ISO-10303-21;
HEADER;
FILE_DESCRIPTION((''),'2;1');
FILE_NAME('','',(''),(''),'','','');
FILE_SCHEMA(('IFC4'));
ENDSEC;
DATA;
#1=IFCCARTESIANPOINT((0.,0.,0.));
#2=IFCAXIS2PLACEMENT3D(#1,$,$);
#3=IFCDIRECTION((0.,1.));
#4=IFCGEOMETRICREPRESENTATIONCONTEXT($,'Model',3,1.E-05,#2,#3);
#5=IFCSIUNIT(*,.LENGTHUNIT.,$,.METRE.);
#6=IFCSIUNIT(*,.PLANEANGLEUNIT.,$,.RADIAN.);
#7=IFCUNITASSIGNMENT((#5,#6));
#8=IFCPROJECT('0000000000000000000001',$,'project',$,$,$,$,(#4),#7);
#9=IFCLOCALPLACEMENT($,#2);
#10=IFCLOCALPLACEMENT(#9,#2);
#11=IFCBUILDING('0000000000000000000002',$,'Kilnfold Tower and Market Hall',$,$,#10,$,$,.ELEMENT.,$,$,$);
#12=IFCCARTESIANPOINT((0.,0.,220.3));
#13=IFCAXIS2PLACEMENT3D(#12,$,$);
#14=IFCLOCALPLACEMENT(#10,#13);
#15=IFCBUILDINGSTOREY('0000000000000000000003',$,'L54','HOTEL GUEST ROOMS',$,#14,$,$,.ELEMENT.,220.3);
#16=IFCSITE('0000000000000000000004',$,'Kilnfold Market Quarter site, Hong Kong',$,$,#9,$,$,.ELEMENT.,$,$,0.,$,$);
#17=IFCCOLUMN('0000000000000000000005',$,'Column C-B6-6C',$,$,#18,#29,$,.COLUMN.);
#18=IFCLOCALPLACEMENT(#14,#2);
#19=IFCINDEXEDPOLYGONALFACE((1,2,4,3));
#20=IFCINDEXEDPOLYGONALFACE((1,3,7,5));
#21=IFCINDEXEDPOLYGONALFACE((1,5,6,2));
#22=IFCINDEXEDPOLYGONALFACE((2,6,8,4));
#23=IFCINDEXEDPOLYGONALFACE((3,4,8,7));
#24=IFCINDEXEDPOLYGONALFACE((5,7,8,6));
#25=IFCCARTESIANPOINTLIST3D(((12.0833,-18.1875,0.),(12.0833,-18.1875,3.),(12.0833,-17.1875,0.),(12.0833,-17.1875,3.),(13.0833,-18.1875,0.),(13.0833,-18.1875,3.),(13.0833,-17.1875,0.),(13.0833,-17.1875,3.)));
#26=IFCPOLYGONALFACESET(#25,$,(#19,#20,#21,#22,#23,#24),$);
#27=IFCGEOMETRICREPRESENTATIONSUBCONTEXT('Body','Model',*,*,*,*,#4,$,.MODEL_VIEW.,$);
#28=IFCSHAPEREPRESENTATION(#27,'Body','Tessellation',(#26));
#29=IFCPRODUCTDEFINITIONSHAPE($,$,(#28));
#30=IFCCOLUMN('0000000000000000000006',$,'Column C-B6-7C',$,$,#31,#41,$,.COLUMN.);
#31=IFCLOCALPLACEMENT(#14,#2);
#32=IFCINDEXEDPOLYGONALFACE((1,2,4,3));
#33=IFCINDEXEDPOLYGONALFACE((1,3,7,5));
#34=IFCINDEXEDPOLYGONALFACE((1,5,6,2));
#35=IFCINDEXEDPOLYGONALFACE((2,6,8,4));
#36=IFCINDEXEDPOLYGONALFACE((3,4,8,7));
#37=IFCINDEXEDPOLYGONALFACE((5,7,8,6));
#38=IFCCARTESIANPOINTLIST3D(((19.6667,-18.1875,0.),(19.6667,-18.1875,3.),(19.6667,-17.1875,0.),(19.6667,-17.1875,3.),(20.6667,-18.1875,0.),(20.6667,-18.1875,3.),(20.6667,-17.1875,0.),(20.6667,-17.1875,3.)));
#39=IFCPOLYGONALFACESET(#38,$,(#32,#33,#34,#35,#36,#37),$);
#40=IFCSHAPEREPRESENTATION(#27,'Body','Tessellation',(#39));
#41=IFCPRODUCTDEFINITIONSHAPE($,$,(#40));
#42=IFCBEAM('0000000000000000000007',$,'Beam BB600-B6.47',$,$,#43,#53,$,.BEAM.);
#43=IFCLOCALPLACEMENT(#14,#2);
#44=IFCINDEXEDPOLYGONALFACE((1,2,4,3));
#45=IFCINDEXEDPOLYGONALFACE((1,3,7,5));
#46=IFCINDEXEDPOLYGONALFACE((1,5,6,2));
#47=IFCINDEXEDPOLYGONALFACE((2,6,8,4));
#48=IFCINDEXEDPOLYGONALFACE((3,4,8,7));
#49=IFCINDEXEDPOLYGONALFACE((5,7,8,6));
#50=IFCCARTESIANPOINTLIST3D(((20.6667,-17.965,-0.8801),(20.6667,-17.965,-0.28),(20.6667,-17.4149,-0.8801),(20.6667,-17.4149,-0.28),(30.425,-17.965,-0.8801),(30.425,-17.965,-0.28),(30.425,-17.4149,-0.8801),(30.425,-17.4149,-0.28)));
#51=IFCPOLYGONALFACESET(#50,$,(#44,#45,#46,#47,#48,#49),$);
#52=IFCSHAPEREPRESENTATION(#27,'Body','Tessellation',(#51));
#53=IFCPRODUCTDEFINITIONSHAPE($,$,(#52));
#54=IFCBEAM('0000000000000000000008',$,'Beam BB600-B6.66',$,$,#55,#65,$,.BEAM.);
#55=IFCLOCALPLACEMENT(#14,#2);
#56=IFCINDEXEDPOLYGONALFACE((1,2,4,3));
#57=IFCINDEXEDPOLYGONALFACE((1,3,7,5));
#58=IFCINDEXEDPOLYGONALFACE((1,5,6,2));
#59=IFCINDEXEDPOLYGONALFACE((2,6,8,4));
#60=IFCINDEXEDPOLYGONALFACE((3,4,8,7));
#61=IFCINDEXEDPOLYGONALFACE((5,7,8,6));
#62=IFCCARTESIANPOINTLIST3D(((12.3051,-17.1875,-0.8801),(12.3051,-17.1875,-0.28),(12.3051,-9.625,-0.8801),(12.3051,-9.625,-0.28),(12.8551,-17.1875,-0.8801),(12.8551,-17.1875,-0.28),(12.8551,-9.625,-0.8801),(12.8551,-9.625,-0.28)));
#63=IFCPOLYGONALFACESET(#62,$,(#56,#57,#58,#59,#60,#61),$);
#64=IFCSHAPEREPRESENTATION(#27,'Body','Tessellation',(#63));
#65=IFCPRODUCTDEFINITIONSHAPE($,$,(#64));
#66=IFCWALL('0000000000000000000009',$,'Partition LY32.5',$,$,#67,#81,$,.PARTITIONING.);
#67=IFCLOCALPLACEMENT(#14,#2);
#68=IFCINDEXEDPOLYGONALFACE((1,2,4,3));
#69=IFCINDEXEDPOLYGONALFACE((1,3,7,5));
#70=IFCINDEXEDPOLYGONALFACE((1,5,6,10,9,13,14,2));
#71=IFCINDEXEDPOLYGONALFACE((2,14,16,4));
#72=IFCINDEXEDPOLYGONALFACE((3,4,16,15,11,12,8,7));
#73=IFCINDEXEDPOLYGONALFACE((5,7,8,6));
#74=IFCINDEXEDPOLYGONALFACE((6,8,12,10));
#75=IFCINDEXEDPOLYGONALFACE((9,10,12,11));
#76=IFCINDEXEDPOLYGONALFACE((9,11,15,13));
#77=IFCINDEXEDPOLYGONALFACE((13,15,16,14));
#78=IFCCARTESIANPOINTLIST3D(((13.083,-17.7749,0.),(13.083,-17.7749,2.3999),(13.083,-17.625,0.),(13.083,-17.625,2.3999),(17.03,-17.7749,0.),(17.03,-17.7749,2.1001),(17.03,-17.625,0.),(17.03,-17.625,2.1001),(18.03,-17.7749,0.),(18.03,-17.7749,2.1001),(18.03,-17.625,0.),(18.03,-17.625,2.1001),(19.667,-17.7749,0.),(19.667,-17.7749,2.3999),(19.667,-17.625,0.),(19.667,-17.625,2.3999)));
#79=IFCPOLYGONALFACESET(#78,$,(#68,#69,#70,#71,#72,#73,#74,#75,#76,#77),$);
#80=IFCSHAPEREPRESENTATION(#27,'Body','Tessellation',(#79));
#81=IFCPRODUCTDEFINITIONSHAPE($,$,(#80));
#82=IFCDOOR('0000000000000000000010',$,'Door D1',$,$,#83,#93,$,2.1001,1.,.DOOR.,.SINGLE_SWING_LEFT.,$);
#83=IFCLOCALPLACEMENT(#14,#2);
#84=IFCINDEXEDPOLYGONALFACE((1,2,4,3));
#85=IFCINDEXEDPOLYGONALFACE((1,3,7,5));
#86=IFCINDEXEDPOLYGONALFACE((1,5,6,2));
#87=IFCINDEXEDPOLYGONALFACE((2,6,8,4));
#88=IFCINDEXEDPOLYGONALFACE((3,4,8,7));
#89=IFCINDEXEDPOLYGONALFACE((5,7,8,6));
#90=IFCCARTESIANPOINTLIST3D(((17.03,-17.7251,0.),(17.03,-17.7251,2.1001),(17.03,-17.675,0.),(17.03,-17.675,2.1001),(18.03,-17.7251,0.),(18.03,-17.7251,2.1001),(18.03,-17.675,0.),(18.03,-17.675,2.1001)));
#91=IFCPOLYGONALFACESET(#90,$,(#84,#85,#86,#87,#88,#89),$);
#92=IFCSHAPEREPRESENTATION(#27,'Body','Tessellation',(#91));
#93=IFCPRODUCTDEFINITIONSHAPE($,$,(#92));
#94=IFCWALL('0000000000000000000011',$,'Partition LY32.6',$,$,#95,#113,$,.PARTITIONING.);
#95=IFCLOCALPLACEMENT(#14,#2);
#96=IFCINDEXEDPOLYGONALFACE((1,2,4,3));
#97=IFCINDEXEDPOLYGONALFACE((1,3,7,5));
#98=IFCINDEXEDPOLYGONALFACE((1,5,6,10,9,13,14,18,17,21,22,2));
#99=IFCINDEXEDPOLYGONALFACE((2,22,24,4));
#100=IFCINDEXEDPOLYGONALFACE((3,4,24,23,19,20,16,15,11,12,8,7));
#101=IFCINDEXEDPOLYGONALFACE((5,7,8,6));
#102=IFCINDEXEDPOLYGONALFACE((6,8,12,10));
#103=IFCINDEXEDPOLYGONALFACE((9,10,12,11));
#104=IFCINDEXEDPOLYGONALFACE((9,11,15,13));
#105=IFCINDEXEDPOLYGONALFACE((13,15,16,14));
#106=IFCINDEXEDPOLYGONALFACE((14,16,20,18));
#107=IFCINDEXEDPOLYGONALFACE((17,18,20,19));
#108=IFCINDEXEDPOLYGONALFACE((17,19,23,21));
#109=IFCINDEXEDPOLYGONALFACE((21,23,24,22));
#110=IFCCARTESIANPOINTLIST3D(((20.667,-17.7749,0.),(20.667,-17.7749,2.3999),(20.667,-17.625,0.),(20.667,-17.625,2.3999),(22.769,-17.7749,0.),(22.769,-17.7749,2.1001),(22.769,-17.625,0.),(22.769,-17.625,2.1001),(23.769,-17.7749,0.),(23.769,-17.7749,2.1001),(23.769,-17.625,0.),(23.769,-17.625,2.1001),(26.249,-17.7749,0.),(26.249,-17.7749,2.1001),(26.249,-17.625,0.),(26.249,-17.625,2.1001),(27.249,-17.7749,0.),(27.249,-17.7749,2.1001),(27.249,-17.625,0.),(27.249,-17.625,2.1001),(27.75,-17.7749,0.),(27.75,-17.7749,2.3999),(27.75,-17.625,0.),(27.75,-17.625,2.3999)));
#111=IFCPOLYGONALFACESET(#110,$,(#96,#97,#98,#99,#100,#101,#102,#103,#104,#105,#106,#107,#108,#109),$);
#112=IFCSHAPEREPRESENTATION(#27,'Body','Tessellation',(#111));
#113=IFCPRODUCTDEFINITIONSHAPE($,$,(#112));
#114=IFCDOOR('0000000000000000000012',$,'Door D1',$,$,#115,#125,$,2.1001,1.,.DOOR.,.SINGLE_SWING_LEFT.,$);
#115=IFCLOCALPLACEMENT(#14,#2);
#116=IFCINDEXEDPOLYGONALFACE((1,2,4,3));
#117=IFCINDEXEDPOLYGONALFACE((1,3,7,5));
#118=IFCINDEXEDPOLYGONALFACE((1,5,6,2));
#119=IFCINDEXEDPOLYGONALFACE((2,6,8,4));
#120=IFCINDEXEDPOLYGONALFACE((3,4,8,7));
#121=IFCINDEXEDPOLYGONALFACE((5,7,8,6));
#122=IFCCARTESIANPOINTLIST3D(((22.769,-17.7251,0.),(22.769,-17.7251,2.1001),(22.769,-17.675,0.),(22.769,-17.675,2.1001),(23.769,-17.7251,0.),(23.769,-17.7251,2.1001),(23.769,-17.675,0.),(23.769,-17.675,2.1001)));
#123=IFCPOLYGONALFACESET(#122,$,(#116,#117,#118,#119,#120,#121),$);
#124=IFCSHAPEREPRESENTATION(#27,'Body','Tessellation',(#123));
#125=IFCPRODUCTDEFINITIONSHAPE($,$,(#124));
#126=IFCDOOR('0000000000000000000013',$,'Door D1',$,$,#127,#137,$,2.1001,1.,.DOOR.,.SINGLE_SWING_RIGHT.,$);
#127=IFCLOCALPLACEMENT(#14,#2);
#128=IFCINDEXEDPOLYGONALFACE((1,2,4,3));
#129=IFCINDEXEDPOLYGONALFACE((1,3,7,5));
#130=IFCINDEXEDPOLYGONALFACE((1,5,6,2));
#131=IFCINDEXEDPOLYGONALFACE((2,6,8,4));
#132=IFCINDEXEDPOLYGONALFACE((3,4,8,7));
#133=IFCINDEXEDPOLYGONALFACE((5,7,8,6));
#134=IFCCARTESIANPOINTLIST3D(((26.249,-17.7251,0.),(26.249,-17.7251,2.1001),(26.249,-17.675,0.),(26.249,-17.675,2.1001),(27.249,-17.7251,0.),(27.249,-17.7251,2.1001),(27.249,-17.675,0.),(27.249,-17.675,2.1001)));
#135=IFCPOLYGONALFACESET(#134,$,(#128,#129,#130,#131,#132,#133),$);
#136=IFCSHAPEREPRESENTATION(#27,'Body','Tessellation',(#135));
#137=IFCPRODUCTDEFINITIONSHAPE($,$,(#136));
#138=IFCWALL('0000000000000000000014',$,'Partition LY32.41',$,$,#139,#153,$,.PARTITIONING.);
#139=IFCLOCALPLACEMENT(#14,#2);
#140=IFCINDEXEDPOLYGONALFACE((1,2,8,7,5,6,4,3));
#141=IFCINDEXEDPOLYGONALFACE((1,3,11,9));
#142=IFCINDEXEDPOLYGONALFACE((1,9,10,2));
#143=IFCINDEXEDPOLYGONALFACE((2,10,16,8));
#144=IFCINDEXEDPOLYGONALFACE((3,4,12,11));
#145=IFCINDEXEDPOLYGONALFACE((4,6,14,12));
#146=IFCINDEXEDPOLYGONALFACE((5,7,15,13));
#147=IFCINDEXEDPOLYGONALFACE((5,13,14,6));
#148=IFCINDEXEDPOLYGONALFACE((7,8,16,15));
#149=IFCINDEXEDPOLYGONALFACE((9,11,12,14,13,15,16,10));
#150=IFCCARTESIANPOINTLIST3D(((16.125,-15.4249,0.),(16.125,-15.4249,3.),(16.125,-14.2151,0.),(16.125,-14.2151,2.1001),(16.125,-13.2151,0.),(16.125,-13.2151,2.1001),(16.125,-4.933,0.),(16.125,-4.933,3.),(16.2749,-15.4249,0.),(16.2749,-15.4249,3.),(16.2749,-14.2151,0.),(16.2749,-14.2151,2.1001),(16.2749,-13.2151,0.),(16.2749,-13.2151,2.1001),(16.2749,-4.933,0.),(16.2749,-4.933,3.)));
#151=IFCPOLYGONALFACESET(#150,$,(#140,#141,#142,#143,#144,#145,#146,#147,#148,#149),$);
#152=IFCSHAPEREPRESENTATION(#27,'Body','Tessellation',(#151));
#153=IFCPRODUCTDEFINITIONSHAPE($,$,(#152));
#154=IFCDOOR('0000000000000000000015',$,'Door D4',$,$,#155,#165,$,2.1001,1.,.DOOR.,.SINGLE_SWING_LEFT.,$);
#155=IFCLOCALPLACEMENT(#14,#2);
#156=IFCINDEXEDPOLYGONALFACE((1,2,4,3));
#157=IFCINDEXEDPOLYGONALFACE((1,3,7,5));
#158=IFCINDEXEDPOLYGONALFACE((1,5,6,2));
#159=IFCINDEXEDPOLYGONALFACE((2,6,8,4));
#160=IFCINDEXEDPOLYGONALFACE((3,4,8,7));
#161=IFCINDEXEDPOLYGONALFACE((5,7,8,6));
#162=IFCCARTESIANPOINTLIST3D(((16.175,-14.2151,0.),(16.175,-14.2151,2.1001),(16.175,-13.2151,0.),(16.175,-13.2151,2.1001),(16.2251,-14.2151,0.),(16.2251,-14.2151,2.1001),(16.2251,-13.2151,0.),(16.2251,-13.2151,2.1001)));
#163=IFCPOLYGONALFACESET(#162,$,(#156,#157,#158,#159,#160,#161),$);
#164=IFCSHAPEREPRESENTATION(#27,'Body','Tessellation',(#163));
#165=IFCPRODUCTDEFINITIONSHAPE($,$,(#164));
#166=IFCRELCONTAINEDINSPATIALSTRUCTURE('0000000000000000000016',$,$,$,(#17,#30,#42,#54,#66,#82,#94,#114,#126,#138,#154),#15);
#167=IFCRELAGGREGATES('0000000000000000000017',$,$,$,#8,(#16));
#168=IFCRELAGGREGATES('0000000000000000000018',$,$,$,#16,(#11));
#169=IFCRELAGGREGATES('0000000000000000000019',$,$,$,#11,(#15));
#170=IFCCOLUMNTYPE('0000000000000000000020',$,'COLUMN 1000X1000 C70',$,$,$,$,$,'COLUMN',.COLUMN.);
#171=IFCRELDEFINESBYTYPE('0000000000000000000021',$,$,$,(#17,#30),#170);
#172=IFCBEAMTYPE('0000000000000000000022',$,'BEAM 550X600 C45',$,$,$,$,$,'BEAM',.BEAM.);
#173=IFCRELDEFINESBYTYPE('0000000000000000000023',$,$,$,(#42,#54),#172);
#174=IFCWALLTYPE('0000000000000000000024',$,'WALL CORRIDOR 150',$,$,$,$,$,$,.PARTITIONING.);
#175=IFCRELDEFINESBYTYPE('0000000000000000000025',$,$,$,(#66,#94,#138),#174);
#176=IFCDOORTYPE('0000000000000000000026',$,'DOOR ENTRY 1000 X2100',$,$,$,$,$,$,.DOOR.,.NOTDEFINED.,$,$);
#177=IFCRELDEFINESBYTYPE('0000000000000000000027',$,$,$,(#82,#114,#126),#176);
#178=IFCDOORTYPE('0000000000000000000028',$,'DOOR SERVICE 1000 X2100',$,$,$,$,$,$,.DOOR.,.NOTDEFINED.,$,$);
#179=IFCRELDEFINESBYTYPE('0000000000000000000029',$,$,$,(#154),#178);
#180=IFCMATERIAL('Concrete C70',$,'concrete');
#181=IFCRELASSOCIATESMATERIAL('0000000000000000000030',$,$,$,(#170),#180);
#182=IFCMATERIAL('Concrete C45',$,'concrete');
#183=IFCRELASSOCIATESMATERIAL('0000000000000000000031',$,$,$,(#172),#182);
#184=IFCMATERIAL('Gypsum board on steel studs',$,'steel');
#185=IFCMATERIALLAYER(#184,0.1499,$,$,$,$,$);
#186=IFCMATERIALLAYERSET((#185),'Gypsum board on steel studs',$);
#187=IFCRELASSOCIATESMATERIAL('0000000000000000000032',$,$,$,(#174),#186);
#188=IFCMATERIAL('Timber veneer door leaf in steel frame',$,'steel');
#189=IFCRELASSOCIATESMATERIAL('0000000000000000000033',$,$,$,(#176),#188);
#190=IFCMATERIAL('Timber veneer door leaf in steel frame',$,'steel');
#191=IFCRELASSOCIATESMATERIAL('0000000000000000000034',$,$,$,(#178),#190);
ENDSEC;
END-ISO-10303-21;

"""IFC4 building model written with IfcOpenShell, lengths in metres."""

from ifc_helpers import new_model, si_unit, direction, frame, frame_2d, origin, origin_2d, place, context, subcontext, project, spatial, rectangle, extrude, source, transform, mapped, material, layer, layer_set, material_profile, profile_set, type_object, element, fill, save


model = new_model("IFC4")

# Units and contexts
model_context = context("Model", 3, precision=1e-05, world=origin(), true_north=direction((0.0, 1.0)))
body_context = subcontext(model_context, "Body", "Model", "MODEL_VIEW")
ifc_project = project(units=[si_unit("LENGTHUNIT", "METRE"), si_unit("PLANEANGLEUNIT", "RADIAN")], contexts=[model_context])

# Site, building, storey
site_placement = place(None, origin())
site = spatial("IfcSite", under=ifc_project, at=site_placement, Name="Kilnfold Market Quarter site, Hong Kong", CompositionType="ELEMENT", RefElevation=0.0)
building_placement = place(site_placement, origin())
building = spatial("IfcBuilding", under=site, at=building_placement, Name="Kilnfold Tower and Market Hall", CompositionType="ELEMENT")
storey_placement = place(building_placement, frame((0.0, 0.0, 220.3)))
storey = spatial("IfcBuildingStorey", under=building, at=storey_placement, Name="L54", Description="HOTEL GUEST ROOMS", CompositionType="ELEMENT", Elevation=220.3)

# Columns
ifc_material_1 = material(Name="Concrete C70", Category="concrete")
ifc_material_profile_1 = material_profile(ifc_material_1, rectangle(XDim=1.0, YDim=1.0, at=origin_2d()), Name="RC 1000x1000")
ifc_profile_set_1 = profile_set([ifc_material_profile_1], Name="Concrete C70")
column_type = type_object("IfcColumnType", Name="COLUMN 1000X1000 C70", ElementType="COLUMN", PredefinedType="COLUMN", material=ifc_profile_set_1)
shared_shape_1 = source(origin(), body_context, "Body", "SweptSolid", [
    extrude(rectangle(XDim=1.0, YDim=1.0, at=origin_2d()), origin(), (0.0, 0.0, 1.0), 3.0),
])
for number, where, z_axis, x_axis, name in (
    (1, (12.5833, -17.6875, 0.0), (0.0, 0.0, 1.0), (1.0, 0.0, 0.0), "Column C-B6-6C"),
    (2, (20.1667, -17.6875, 0.0), (0.0, 0.0, 1.0), (1.0, 0.0, 0.0), "Column C-B6-7C"),
):
    element("IfcColumn", number, at=place(storey_placement, frame(where, z_axis=z_axis, x_axis=x_axis)), inside=storey, type_object=column_type, Name=name, PredefinedType="COLUMN", context=body_context, shape_type="MappedRepresentation", body=[
        mapped(shared_shape_1, transform((0.0, 0.0, 0.0))),
    ])

# Beams
ifc_material_2 = material(Name="Concrete C45", Category="concrete")
ifc_material_profile_2 = material_profile(ifc_material_2, rectangle(XDim=0.55, YDim=0.6001, at=origin_2d()), Name="RC 550x600")
ifc_profile_set_2 = profile_set([ifc_material_profile_2], Name="Concrete C45")
beam_type = type_object("IfcBeamType", Name="BEAM 550X600 C45", ElementType="BEAM", PredefinedType="BEAM", material=ifc_profile_set_2)
shared_shape_2 = source(origin(), body_context, "Body", "SweptSolid", [
    extrude(rectangle(XDim=0.55, YDim=0.6001, at=origin_2d()), origin(), (0.0, 0.0, 1.0), 9.7583),
])
beam_1_placement = place(storey_placement, frame((20.6667, -17.6899, -0.5801), z_axis=(1.0, 0.0, 0.0), x_axis=(0.0, 1.0, 0.0)))
element("IfcBeam", 3, at=beam_1_placement, inside=storey, type_object=beam_type, Name="Beam BB600-B6.47", PredefinedType="BEAM", context=body_context, shape_type="MappedRepresentation", body=[
    mapped(shared_shape_2, transform((0.0, 0.0, 0.0))),
])
shared_shape_3 = source(origin(), body_context, "Body", "SweptSolid", [
    extrude(rectangle(XDim=0.55, YDim=0.6001, at=origin_2d()), origin(), (0.0, 0.0, 1.0), 7.5625),
])
beam_2_placement = place(storey_placement, frame((12.5801, -17.1875, -0.5801), z_axis=(0.0, 1.0, 0.0), x_axis=(-1.0, 0.0, 0.0)))
element("IfcBeam", 4, at=beam_2_placement, inside=storey, type_object=beam_type, Name="Beam BB600-B6.66", PredefinedType="BEAM", context=body_context, shape_type="MappedRepresentation", body=[
    mapped(shared_shape_3, transform((0.0, 0.0, 0.0))),
])

# Wall, opening, door
ifc_material_3 = material(Name="Gypsum board on steel studs", Category="steel")
ifc_layer_1 = layer(ifc_material_3, 0.1499)
ifc_layer_set_1 = layer_set([ifc_layer_1], Name="Gypsum board on steel studs")
wall_type_1 = type_object("IfcWallType", Name="WALL CORRIDOR 150", PredefinedType="PARTITIONING", material=ifc_layer_set_1)
wall_1_placement = place(storey_placement, frame((13.083, -17.7, 0.0), z_axis=(0.0, 0.0, 1.0), x_axis=(1.0, 0.0, 0.0)))
wall_1 = element("IfcWall", 5, at=wall_1_placement, inside=storey, type_object=wall_type_1, Name="Partition LY32.5", PredefinedType="PARTITIONING", context=body_context, shape_type="SweptSolid", body=[
    extrude(rectangle(XDim=6.584, YDim=0.1499, at=frame_2d((3.292, 0.0))), origin(), (0.0, 0.0, 1.0), 2.3999),
])
opening_1_placement = place(wall_1_placement, frame((3.947, 0.0, 0.0)))
opening_1 = element("IfcOpeningElement", 6, at=opening_1_placement, cuts=wall_1, PredefinedType="OPENING", context=body_context, shape_type="SweptSolid", body=[
    extrude(rectangle(XDim=1.0, YDim=2.1001, at=frame_2d((0.5, 1.05))), frame((0.0, 0.085, 0.0), z_axis=(0.0, -1.0, 0.0), x_axis=(1.0, 0.0, 0.0)), (0.0, 0.0, 1.0), 0.1699),
])
ifc_material_4 = material(Name="Timber veneer door leaf in steel frame", Category="steel")
door_type_1 = type_object("IfcDoorType", Name="DOOR ENTRY 1000 X2100", OperationType="NOTDEFINED", PredefinedType="DOOR", material=ifc_material_4)
door_1_placement = place(opening_1_placement, origin())
door_1 = element("IfcDoor", 7, at=door_1_placement, inside=storey, type_object=door_type_1, Name="Door D1", OperationType="SINGLE_SWING_LEFT", OverallHeight=2.1001, OverallWidth=1.0, PredefinedType="DOOR", context=body_context, shape_type="SweptSolid", body=[
    extrude(rectangle(XDim=1.0, YDim=2.1001, at=frame_2d((0.5, 1.05))), frame((0.0, 0.0249, 0.0), z_axis=(0.0, -1.0, 0.0), x_axis=(1.0, 0.0, 0.0)), (0.0, 0.0, 1.0), 0.05),
])
fill(opening_1, door_1)

# Wall, openings, doors
wall_2_placement = place(storey_placement, frame((20.667, -17.7, 0.0), z_axis=(0.0, 0.0, 1.0), x_axis=(1.0, 0.0, 0.0)))
wall_2 = element("IfcWall", 8, at=wall_2_placement, inside=storey, type_object=wall_type_1, Name="Partition LY32.6", PredefinedType="PARTITIONING", context=body_context, shape_type="SweptSolid", body=[
    extrude(rectangle(XDim=7.083, YDim=0.1499, at=frame_2d((3.5415, 0.0))), origin(), (0.0, 0.0, 1.0), 2.3999),
])
opening_2_placement = place(wall_2_placement, frame((2.1021, 0.0, 0.0)))
opening_2 = element("IfcOpeningElement", 9, at=opening_2_placement, cuts=wall_2, PredefinedType="OPENING", context=body_context, shape_type="SweptSolid", body=[
    extrude(rectangle(XDim=1.0, YDim=2.1001, at=frame_2d((0.5, 1.05))), frame((0.0, 0.085, 0.0), z_axis=(0.0, -1.0, 0.0), x_axis=(1.0, 0.0, 0.0)), (0.0, 0.0, 1.0), 0.1699),
])
opening_3_placement = place(wall_2_placement, frame((5.582, 0.0, 0.0)))
opening_3 = element("IfcOpeningElement", 10, at=opening_3_placement, cuts=wall_2, PredefinedType="OPENING", context=body_context, shape_type="SweptSolid", body=[
    extrude(rectangle(XDim=1.0, YDim=2.1001, at=frame_2d((0.5, 1.05))), frame((0.0, 0.085, 0.0), z_axis=(0.0, -1.0, 0.0), x_axis=(1.0, 0.0, 0.0)), (0.0, 0.0, 1.0), 0.1699),
])
door_2_placement = place(opening_2_placement, origin())
door_2 = element("IfcDoor", 11, at=door_2_placement, inside=storey, type_object=door_type_1, Name="Door D1", OperationType="SINGLE_SWING_LEFT", OverallHeight=2.1001, OverallWidth=1.0, PredefinedType="DOOR", context=body_context, shape_type="SweptSolid", body=[
    extrude(rectangle(XDim=1.0, YDim=2.1001, at=frame_2d((0.5, 1.05))), frame((0.0, 0.0249, 0.0), z_axis=(0.0, -1.0, 0.0), x_axis=(1.0, 0.0, 0.0)), (0.0, 0.0, 1.0), 0.05),
])
fill(opening_2, door_2)
door_3_placement = place(opening_3_placement, origin())
door_3 = element("IfcDoor", 12, at=door_3_placement, inside=storey, type_object=door_type_1, Name="Door D1", OperationType="SINGLE_SWING_RIGHT", OverallHeight=2.1001, OverallWidth=1.0, PredefinedType="DOOR", context=body_context, shape_type="SweptSolid", body=[
    extrude(rectangle(XDim=1.0, YDim=2.1001, at=frame_2d((0.5, 1.05))), frame((0.0, 0.0249, 0.0), z_axis=(0.0, -1.0, 0.0), x_axis=(1.0, 0.0, 0.0)), (0.0, 0.0, 1.0), 0.05),
])
fill(opening_3, door_3)

# Wall, opening, door
wall_3_placement = place(storey_placement, frame((16.2, -15.425, 0.0), z_axis=(0.0, 0.0, 1.0), x_axis=(0.0, 1.0, 0.0)))
wall_3 = element("IfcWall", 13, at=wall_3_placement, inside=storey, type_object=wall_type_1, Name="Partition LY32.41", PredefinedType="PARTITIONING", context=body_context, shape_type="SweptSolid", body=[
    extrude(rectangle(XDim=10.4919, YDim=0.1499, at=frame_2d((5.2461, 0.0))), origin(), (0.0, 0.0, 1.0), 3.0),
])
opening_4_placement = place(wall_3_placement, frame((1.21, 0.0, 0.0)))
opening_4 = element("IfcOpeningElement", 14, at=opening_4_placement, cuts=wall_3, PredefinedType="OPENING", context=body_context, shape_type="SweptSolid", body=[
    extrude(rectangle(XDim=1.0, YDim=2.1001, at=frame_2d((0.5, 1.05))), frame((0.0, 0.085, 0.0), z_axis=(0.0, -1.0, 0.0), x_axis=(1.0, 0.0, 0.0)), (0.0, 0.0, 1.0), 0.1699),
])
ifc_material_5 = material(Name="Timber veneer door leaf in steel frame", Category="steel")
door_type_2 = type_object("IfcDoorType", Name="DOOR SERVICE 1000 X2100", OperationType="NOTDEFINED", PredefinedType="DOOR", material=ifc_material_5)
door_4_placement = place(opening_4_placement, origin())
door_4 = element("IfcDoor", 15, at=door_4_placement, inside=storey, type_object=door_type_2, Name="Door D4", OperationType="SINGLE_SWING_LEFT", OverallHeight=2.1001, OverallWidth=1.0, PredefinedType="DOOR", context=body_context, shape_type="SweptSolid", body=[
    extrude(rectangle(XDim=1.0, YDim=2.1001, at=frame_2d((0.5, 1.05))), frame((0.0, 0.0249, 0.0), z_axis=(0.0, -1.0, 0.0), x_axis=(1.0, 0.0, 0.0)), (0.0, 0.0, 1.0), 0.05),
])
fill(opening_4, door_4)

save(model, "model.ifc")
